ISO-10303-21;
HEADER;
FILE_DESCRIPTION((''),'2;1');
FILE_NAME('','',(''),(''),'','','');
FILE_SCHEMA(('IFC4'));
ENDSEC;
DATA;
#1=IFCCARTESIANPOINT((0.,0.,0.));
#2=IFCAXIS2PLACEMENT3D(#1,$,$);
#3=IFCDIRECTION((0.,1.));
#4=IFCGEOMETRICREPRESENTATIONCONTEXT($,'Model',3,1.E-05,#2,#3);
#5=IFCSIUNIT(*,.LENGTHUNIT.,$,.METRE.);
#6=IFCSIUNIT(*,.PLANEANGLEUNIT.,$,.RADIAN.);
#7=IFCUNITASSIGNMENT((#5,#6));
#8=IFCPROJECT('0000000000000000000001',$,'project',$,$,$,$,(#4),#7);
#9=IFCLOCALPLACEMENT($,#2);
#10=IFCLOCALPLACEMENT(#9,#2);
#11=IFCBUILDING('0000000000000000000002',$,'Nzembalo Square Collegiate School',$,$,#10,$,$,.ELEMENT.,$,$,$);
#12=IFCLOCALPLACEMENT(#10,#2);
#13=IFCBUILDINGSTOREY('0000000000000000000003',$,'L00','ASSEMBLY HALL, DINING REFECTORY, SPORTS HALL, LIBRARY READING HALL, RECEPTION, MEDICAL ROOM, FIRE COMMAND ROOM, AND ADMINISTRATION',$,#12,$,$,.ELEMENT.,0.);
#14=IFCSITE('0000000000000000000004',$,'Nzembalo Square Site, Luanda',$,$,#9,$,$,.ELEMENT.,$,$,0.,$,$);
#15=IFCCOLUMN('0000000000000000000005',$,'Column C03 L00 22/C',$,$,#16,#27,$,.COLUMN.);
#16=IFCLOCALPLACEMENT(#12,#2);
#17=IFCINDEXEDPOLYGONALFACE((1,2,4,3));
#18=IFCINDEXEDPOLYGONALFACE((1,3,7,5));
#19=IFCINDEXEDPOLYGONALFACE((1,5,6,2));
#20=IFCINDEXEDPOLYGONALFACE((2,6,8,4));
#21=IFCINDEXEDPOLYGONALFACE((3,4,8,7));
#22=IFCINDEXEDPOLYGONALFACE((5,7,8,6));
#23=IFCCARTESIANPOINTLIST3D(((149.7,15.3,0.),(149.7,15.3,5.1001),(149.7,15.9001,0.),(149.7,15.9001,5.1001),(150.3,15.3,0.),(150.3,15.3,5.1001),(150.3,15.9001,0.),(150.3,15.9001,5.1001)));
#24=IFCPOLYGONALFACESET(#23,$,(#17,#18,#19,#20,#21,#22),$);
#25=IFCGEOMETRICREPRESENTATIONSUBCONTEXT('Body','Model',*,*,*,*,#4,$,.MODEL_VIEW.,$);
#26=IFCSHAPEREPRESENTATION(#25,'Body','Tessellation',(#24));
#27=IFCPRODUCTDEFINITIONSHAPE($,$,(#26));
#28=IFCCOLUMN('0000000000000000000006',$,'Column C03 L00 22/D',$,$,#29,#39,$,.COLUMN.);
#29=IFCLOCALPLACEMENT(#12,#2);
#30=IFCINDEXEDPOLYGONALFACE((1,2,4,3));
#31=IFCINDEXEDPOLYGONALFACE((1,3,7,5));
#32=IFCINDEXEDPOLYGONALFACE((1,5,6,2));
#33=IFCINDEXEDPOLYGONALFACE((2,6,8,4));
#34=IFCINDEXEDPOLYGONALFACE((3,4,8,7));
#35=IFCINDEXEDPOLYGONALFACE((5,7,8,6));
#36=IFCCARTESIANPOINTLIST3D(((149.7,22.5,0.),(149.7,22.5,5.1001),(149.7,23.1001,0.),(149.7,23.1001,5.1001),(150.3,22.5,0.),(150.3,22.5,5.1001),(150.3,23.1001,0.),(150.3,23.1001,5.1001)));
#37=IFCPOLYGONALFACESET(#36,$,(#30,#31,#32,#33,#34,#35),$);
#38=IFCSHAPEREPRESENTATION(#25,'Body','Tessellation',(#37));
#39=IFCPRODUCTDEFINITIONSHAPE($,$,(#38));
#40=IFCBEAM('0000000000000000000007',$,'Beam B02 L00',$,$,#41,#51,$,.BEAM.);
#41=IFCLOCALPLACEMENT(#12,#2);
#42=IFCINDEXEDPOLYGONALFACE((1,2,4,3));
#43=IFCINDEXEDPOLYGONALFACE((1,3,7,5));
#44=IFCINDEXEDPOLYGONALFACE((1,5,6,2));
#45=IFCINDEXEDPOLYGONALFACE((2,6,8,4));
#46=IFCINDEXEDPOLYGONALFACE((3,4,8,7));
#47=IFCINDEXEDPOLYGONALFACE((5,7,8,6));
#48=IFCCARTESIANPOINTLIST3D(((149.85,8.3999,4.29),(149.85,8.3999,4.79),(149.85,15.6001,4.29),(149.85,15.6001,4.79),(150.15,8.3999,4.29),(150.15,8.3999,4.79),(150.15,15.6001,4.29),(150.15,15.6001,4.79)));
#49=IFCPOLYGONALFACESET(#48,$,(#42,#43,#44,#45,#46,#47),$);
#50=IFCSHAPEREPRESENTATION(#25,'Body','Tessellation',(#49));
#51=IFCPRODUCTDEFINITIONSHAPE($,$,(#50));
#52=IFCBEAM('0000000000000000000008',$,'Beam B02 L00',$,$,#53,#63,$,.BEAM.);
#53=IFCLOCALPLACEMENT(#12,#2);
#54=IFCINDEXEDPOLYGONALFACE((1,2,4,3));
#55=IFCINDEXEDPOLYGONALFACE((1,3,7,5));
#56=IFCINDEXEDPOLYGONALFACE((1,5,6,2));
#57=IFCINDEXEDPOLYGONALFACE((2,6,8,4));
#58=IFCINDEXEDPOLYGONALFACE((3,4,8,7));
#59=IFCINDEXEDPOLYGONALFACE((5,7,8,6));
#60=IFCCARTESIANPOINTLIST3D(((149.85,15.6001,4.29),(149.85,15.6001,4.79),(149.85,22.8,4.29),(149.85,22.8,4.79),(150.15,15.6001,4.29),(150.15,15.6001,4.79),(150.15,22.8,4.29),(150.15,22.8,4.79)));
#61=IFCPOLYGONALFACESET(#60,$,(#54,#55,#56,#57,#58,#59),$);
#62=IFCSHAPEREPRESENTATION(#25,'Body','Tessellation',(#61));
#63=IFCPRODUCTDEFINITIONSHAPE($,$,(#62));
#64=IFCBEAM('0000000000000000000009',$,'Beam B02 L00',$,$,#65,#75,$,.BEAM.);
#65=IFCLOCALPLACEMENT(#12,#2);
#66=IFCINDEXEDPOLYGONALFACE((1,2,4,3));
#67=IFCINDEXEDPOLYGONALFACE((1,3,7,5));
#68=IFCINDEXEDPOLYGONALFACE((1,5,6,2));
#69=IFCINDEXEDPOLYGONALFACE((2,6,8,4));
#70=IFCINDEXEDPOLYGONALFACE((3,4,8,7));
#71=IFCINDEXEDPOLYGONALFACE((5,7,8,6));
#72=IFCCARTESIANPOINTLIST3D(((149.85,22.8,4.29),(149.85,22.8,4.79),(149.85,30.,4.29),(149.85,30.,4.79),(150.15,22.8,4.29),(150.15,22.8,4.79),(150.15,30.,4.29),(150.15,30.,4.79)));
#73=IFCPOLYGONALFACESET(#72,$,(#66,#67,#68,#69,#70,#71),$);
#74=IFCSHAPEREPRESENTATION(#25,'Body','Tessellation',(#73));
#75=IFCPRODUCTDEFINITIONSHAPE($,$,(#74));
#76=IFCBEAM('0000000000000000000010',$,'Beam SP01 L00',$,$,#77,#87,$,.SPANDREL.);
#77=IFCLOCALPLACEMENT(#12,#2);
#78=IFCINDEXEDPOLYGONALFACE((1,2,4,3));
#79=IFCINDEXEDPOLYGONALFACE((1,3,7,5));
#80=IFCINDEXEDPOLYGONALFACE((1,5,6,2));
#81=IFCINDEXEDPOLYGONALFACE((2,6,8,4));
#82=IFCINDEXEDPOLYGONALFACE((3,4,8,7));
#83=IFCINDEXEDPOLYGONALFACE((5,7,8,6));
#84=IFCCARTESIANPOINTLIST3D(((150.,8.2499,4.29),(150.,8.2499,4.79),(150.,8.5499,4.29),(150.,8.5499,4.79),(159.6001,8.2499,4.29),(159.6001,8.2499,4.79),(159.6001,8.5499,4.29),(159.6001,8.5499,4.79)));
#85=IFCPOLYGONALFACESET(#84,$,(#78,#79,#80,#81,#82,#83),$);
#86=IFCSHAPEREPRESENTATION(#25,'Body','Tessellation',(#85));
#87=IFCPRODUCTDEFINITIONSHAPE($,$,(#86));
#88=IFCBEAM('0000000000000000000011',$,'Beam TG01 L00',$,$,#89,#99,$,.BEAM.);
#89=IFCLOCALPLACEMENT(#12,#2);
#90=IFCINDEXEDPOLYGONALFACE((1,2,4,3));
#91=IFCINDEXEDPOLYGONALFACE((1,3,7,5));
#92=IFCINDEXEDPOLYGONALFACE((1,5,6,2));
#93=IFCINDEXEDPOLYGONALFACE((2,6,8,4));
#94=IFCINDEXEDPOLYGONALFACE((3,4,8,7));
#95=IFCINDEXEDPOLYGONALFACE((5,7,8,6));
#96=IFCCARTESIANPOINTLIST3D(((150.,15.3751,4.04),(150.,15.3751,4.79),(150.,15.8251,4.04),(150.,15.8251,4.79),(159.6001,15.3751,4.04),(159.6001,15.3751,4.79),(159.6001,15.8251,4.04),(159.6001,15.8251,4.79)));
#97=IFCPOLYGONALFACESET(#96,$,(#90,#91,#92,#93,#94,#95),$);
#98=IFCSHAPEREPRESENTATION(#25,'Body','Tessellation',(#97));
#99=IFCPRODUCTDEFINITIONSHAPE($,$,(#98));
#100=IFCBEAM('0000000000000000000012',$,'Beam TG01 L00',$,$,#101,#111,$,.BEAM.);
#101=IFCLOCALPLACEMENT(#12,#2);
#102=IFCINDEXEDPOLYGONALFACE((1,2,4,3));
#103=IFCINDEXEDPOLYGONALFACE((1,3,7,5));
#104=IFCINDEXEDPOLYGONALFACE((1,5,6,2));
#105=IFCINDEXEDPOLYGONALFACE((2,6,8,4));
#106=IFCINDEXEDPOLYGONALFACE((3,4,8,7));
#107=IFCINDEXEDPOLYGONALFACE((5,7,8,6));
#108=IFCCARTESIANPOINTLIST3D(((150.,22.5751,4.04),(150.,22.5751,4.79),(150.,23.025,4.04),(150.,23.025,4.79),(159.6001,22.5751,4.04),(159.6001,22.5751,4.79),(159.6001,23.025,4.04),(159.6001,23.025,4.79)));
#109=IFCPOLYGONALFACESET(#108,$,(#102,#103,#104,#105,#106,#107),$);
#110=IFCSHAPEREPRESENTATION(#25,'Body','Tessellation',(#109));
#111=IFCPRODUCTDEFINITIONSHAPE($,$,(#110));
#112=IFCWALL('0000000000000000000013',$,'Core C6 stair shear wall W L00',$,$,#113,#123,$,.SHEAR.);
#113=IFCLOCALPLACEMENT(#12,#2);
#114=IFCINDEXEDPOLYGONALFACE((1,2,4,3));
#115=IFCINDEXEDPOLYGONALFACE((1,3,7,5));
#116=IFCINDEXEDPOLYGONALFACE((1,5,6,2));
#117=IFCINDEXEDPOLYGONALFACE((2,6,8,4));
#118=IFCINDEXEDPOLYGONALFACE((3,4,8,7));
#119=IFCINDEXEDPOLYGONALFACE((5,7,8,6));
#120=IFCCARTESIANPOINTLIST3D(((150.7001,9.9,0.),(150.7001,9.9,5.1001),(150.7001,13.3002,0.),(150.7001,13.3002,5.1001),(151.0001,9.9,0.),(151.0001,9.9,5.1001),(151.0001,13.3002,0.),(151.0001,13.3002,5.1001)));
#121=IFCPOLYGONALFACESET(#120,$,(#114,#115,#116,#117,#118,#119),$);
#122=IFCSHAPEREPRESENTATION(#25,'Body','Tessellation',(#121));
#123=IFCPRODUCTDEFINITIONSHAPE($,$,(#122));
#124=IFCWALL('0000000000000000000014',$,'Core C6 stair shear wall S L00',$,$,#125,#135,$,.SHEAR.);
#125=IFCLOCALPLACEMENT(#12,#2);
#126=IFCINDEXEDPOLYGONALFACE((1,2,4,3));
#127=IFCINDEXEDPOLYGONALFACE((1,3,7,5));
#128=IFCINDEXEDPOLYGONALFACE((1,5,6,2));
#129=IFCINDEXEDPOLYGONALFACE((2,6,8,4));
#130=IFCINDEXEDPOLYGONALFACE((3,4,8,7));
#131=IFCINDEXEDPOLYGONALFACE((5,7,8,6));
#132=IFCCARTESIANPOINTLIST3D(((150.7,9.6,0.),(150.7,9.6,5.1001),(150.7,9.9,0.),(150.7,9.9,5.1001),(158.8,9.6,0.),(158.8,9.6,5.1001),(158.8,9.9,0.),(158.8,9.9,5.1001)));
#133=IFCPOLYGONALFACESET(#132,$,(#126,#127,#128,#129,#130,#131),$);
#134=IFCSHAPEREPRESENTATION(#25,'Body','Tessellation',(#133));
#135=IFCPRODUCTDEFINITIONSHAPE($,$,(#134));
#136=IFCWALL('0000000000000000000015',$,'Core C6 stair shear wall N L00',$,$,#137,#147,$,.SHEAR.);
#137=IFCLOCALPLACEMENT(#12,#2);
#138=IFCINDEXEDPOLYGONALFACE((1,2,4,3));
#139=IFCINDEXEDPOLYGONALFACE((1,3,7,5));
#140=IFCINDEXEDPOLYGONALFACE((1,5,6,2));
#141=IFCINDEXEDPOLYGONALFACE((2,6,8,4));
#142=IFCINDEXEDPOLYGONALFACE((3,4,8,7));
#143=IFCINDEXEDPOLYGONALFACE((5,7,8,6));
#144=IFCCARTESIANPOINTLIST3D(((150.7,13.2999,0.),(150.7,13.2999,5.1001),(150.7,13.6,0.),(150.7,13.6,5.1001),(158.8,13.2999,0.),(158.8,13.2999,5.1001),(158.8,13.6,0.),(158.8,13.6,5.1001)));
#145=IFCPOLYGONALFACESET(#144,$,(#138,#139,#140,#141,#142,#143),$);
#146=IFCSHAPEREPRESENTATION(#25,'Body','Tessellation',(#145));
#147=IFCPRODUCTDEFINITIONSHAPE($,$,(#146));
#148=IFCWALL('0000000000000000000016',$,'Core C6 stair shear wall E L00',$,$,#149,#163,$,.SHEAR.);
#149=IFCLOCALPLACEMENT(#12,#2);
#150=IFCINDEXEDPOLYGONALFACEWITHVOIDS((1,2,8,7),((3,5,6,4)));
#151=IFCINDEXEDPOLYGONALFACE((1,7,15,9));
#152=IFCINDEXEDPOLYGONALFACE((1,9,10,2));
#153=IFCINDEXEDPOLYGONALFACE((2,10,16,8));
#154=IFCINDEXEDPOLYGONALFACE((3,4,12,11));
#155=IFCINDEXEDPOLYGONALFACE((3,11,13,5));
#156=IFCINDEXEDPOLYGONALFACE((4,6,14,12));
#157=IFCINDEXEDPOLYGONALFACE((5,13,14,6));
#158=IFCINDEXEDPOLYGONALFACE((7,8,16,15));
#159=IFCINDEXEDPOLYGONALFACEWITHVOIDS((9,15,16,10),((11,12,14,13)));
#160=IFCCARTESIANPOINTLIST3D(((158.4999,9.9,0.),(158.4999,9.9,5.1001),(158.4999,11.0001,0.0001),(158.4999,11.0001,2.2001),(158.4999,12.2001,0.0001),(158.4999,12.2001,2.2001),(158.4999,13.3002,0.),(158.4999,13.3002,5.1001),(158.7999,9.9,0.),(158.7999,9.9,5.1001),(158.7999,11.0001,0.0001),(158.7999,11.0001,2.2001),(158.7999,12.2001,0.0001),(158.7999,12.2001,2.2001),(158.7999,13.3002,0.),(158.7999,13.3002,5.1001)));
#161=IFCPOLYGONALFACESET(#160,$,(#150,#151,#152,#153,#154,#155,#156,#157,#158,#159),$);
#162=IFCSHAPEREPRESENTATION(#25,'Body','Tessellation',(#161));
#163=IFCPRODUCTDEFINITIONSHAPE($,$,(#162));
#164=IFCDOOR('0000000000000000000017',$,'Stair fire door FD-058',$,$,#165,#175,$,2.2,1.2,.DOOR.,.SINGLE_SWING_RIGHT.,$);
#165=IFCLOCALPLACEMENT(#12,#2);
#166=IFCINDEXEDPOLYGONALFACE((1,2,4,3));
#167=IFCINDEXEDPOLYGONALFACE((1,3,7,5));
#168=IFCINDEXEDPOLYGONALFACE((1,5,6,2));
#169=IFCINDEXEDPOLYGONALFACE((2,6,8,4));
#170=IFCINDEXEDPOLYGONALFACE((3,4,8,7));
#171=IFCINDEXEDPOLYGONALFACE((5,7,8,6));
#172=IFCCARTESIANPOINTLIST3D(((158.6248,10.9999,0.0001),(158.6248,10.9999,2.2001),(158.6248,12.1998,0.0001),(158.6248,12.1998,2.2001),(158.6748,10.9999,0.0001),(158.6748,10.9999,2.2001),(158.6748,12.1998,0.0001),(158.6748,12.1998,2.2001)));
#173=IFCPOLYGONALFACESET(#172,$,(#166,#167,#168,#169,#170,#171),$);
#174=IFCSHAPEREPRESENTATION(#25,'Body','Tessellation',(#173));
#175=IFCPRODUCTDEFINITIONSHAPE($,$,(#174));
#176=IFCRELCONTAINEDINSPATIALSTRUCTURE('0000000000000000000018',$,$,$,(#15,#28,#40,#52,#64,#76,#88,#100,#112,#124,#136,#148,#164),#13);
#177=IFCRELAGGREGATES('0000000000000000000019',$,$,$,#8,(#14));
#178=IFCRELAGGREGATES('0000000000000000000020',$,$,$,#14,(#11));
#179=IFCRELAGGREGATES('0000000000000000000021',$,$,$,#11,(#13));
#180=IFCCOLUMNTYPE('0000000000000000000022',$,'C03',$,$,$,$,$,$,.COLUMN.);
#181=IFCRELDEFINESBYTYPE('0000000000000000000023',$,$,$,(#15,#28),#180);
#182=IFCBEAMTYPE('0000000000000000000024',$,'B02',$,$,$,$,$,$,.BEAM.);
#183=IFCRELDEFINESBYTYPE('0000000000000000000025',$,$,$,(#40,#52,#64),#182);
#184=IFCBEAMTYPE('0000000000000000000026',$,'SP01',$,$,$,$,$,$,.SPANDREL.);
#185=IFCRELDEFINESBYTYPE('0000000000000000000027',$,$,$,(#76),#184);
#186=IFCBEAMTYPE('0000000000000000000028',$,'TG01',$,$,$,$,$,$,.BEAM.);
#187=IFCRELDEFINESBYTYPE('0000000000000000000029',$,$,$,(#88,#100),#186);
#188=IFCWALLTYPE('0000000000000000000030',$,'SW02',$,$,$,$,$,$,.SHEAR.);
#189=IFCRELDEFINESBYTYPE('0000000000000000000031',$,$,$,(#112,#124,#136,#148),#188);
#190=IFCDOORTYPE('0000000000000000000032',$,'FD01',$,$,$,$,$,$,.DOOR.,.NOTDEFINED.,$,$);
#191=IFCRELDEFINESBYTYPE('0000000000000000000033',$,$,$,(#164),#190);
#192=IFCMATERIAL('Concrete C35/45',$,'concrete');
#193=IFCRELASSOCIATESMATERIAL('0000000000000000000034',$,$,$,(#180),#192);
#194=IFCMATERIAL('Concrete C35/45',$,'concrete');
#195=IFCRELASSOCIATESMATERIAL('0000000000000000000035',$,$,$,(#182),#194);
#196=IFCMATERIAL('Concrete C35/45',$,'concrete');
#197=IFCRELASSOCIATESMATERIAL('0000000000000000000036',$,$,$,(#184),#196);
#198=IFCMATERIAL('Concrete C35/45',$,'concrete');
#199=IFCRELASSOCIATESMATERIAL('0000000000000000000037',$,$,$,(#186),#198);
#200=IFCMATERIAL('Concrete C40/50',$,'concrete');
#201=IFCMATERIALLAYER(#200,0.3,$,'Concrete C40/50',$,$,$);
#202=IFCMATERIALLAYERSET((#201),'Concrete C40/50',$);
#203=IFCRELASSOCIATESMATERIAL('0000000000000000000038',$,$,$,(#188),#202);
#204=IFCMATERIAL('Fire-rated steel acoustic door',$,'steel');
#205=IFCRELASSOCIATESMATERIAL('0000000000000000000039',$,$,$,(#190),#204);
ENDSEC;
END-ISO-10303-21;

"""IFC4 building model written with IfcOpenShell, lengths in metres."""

from ifc_helpers import new_model, si_unit, direction, frame, frame_2d, origin, origin_2d, place, context, subcontext, project, spatial, rectangle, extrude, material, layer, layer_set, material_profile, profile_set, type_object, element, fill, save


model = new_model("IFC4")

# Units and contexts
model_context = context("Model", 3, precision=1e-05, world=origin(), true_north=direction((0.0, 1.0)))
body_context = subcontext(model_context, "Body", "Model", "MODEL_VIEW")
ifc_project = project(units=[si_unit("LENGTHUNIT", "METRE"), si_unit("PLANEANGLEUNIT", "RADIAN")], contexts=[model_context])

# Site, building, storey
site_placement = place(None, origin())
site = spatial("IfcSite", under=ifc_project, at=site_placement, Name="Nzembalo Square Site, Luanda", CompositionType="ELEMENT", RefElevation=0.0)
building_placement = place(site_placement, origin())
building = spatial("IfcBuilding", under=site, at=building_placement, Name="Nzembalo Square Collegiate School", CompositionType="ELEMENT")
storey_placement = place(building_placement, origin())
storey = spatial("IfcBuildingStorey", under=building, at=storey_placement, Name="L00", Description="ASSEMBLY HALL, DINING REFECTORY, SPORTS HALL, LIBRARY READING HALL, RECEPTION, MEDICAL ROOM, FIRE COMMAND ROOM, AND ADMINISTRATION", CompositionType="ELEMENT", Elevation=0.0)

# Columns
ifc_material_1 = material(Name="Concrete C35/45", Category="concrete")
ifc_material_profile_1 = material_profile(ifc_material_1, rectangle(XDim=0.6001, YDim=0.6001, at=origin_2d()), Name="RC 600x600")
ifc_profile_set_1 = profile_set([ifc_material_profile_1], Name="Concrete C35/45")
column_type = type_object("IfcColumnType", Name="C03", PredefinedType="COLUMN", material=ifc_profile_set_1)
for number, where, z_axis, x_axis, name in (
    (1, (150.0, 15.6001, 0.0), (0.0, 0.0, 1.0), (1.0, 0.0, 0.0), "Column C03 L00 22/C"),
    (2, (150.0, 22.8, 0.0), (0.0, 0.0, 1.0), (1.0, 0.0, 0.0), "Column C03 L00 22/D"),
):
    element("IfcColumn", number, at=place(storey_placement, frame(where, z_axis=z_axis, x_axis=x_axis)), inside=storey, type_object=column_type, Name=name, PredefinedType="COLUMN", context=body_context, shape_type="SweptSolid", body=[
        extrude(rectangle(XDim=0.6001, YDim=0.6001, at=origin_2d()), origin(), (0.0, 0.0, 1.0), 5.1001),
    ])

# Beams
ifc_material_2 = material(Name="Concrete C35/45", Category="concrete")
ifc_material_profile_2 = material_profile(ifc_material_2, rectangle(XDim=0.3, YDim=0.5, at=origin_2d()), Name="RC 300x500")
ifc_profile_set_2 = profile_set([ifc_material_profile_2], Name="Concrete C35/45")
beam_type_1 = type_object("IfcBeamType", Name="B02", PredefinedType="BEAM", material=ifc_profile_set_2)
beam_1_placement = place(storey_placement, frame((150.0, 8.3999, 4.54), z_axis=(0.0, 1.0, 0.0), x_axis=(-1.0, 0.0, 0.0)))
element("IfcBeam", 3, at=beam_1_placement, inside=storey, type_object=beam_type_1, Name="Beam B02 L00", PredefinedType="BEAM", context=body_context, shape_type="SweptSolid", body=[
    extrude(rectangle(XDim=0.3, YDim=0.5, at=origin_2d()), origin(), (0.0, 0.0, 1.0), 7.2002),
])
for number, where, z_axis, x_axis, name in (
    (4, (150.0, 15.6001, 4.54), (0.0, 1.0, 0.0), (-1.0, 0.0, 0.0), "Beam B02 L00"),
    (5, (150.0, 22.8, 4.54), (0.0, 1.0, 0.0), (-1.0, 0.0, 0.0), "Beam B02 L00"),
):
    element("IfcBeam", number, at=place(storey_placement, frame(where, z_axis=z_axis, x_axis=x_axis)), inside=storey, type_object=beam_type_1, Name=name, PredefinedType="BEAM", context=body_context, shape_type="SweptSolid", body=[
        extrude(rectangle(XDim=0.3, YDim=0.5, at=origin_2d()), origin(), (0.0, 0.0, 1.0), 7.2),
    ])
ifc_material_3 = material(Name="Concrete C35/45", Category="concrete")
ifc_material_profile_3 = material_profile(ifc_material_3, rectangle(XDim=0.3, YDim=0.5, at=origin_2d()), Name="RC 300x500")
ifc_profile_set_3 = profile_set([ifc_material_profile_3], Name="Concrete C35/45")
beam_type_2 = type_object("IfcBeamType", Name="SP01", PredefinedType="SPANDREL", material=ifc_profile_set_3)
beam_2_placement = place(storey_placement, frame((150.0, 8.3999, 4.54), z_axis=(1.0, 0.0, 0.0), x_axis=(0.0, 1.0, 0.0)))
element("IfcBeam", 6, at=beam_2_placement, inside=storey, type_object=beam_type_2, Name="Beam SP01 L00", PredefinedType="SPANDREL", context=body_context, shape_type="SweptSolid", body=[
    extrude(rectangle(XDim=0.3, YDim=0.5, at=origin_2d()), origin(), (0.0, 0.0, 1.0), 9.6001),
])
ifc_material_4 = material(Name="Concrete C35/45", Category="concrete")
ifc_material_profile_4 = material_profile(ifc_material_4, rectangle(XDim=0.45, YDim=0.75, at=origin_2d()), Name="RC 450x750")
ifc_profile_set_4 = profile_set([ifc_material_profile_4], Name="Concrete C35/45")
beam_type_3 = type_object("IfcBeamType", Name="TG01", PredefinedType="BEAM", material=ifc_profile_set_4)
for number, where, z_axis, x_axis, name in (
    (7, (150.0, 15.6001, 4.415), (1.0, 0.0, 0.0), (0.0, 1.0, 0.0), "Beam TG01 L00"),
    (8, (150.0, 22.8, 4.415), (1.0, 0.0, 0.0), (0.0, 1.0, 0.0), "Beam TG01 L00"),
):
    element("IfcBeam", number, at=place(storey_placement, frame(where, z_axis=z_axis, x_axis=x_axis)), inside=storey, type_object=beam_type_3, Name=name, PredefinedType="BEAM", context=body_context, shape_type="SweptSolid", body=[
        extrude(rectangle(XDim=0.45, YDim=0.75, at=origin_2d()), origin(), (0.0, 0.0, 1.0), 9.6001),
    ])

# Walls
ifc_material_5 = material(Name="Concrete C40/50", Category="concrete")
ifc_layer_1 = layer(ifc_material_5, 0.3, Name="Concrete C40/50")
ifc_layer_set_1 = layer_set([ifc_layer_1], Name="Concrete C40/50")
wall_type_1 = type_object("IfcWallType", Name="SW02", PredefinedType="SHEAR", material=ifc_layer_set_1)
wall_1_placement = place(storey_placement, frame((150.8501, 9.8999, 0.0), z_axis=(0.0, 0.0, 1.0), x_axis=(0.0, 1.0, 0.0)))
element("IfcWall", 9, at=wall_1_placement, inside=storey, type_object=wall_type_1, Name="Core C6 stair shear wall W L00", PredefinedType="SHEAR", context=body_context, shape_type="SweptSolid", body=[
    extrude(rectangle(XDim=3.4001, YDim=0.3, at=frame_2d((1.7002, 0.0))), origin(), (0.0, 0.0, 1.0), 5.1001),
])
for number, where, z_axis, x_axis, name in (
    (10, (150.7, 9.75, 0.0), (0.0, 0.0, 1.0), (1.0, 0.0, 0.0), "Core C6 stair shear wall S L00"),
    (11, (150.7, 13.45, 0.0), (0.0, 0.0, 1.0), (1.0, 0.0, 0.0), "Core C6 stair shear wall N L00"),
):
    element("IfcWall", number, at=place(storey_placement, frame(where, z_axis=z_axis, x_axis=x_axis)), inside=storey, type_object=wall_type_1, Name=name, PredefinedType="SHEAR", context=body_context, shape_type="SweptSolid", body=[
        extrude(rectangle(XDim=8.1001, YDim=0.3, at=frame_2d((4.05, 0.0))), origin(), (0.0, 0.0, 1.0), 5.1001),
    ])

# Wall, opening, door
wall_2_placement = place(storey_placement, frame((158.6499, 9.8999, 0.0), z_axis=(0.0, 0.0, 1.0), x_axis=(0.0, 1.0, 0.0)))
wall_2 = element("IfcWall", 12, at=wall_2_placement, inside=storey, type_object=wall_type_1, Name="Core C6 stair shear wall E L00", PredefinedType="SHEAR", context=body_context, shape_type="SweptSolid", body=[
    extrude(rectangle(XDim=3.4001, YDim=0.3, at=frame_2d((1.7002, 0.0))), origin(), (0.0, 0.0, 1.0), 5.1001),
])
opening_1_placement = place(wall_2_placement, frame((1.1001, 0.0, 0.0)))
opening_1 = element("IfcOpeningElement", 13, at=opening_1_placement, cuts=wall_2, PredefinedType="OPENING", context=body_context, shape_type="SweptSolid", body=[
    extrude(rectangle(XDim=1.2, YDim=2.2, at=frame_2d((0.6001, 1.1001))), frame((0.0, 0.1602, 0.0), z_axis=(0.0, -1.0, 0.0), x_axis=(1.0, 0.0, 0.0)), (0.0, 0.0, 1.0), 0.3201),
])
ifc_material_6 = material(Name="Fire-rated steel acoustic door", Category="steel")
door_type_1 = type_object("IfcDoorType", Name="FD01", OperationType="NOTDEFINED", PredefinedType="DOOR", material=ifc_material_6)
door_1_placement = place(opening_1_placement, frame((1.2, 0.0, 0.0), z_axis=(0.0, 0.0, 1.0), x_axis=(-1.0, 0.0, 0.0)))
door_1 = element("IfcDoor", 14, at=door_1_placement, inside=storey, type_object=door_type_1, Name="Stair fire door FD-058", OperationType="SINGLE_SWING_RIGHT", OverallHeight=2.2, OverallWidth=1.2, PredefinedType="DOOR", context=body_context, shape_type="SweptSolid", body=[
    extrude(rectangle(XDim=1.2, YDim=2.2, at=frame_2d((0.6001, 1.1001))), frame((0.0, 0.0249, 0.0), z_axis=(0.0, -1.0, 0.0), x_axis=(1.0, 0.0, 0.0)), (0.0, 0.0, 1.0), 0.05),
])
fill(opening_1, door_1)

save(model, "model.ifc")
